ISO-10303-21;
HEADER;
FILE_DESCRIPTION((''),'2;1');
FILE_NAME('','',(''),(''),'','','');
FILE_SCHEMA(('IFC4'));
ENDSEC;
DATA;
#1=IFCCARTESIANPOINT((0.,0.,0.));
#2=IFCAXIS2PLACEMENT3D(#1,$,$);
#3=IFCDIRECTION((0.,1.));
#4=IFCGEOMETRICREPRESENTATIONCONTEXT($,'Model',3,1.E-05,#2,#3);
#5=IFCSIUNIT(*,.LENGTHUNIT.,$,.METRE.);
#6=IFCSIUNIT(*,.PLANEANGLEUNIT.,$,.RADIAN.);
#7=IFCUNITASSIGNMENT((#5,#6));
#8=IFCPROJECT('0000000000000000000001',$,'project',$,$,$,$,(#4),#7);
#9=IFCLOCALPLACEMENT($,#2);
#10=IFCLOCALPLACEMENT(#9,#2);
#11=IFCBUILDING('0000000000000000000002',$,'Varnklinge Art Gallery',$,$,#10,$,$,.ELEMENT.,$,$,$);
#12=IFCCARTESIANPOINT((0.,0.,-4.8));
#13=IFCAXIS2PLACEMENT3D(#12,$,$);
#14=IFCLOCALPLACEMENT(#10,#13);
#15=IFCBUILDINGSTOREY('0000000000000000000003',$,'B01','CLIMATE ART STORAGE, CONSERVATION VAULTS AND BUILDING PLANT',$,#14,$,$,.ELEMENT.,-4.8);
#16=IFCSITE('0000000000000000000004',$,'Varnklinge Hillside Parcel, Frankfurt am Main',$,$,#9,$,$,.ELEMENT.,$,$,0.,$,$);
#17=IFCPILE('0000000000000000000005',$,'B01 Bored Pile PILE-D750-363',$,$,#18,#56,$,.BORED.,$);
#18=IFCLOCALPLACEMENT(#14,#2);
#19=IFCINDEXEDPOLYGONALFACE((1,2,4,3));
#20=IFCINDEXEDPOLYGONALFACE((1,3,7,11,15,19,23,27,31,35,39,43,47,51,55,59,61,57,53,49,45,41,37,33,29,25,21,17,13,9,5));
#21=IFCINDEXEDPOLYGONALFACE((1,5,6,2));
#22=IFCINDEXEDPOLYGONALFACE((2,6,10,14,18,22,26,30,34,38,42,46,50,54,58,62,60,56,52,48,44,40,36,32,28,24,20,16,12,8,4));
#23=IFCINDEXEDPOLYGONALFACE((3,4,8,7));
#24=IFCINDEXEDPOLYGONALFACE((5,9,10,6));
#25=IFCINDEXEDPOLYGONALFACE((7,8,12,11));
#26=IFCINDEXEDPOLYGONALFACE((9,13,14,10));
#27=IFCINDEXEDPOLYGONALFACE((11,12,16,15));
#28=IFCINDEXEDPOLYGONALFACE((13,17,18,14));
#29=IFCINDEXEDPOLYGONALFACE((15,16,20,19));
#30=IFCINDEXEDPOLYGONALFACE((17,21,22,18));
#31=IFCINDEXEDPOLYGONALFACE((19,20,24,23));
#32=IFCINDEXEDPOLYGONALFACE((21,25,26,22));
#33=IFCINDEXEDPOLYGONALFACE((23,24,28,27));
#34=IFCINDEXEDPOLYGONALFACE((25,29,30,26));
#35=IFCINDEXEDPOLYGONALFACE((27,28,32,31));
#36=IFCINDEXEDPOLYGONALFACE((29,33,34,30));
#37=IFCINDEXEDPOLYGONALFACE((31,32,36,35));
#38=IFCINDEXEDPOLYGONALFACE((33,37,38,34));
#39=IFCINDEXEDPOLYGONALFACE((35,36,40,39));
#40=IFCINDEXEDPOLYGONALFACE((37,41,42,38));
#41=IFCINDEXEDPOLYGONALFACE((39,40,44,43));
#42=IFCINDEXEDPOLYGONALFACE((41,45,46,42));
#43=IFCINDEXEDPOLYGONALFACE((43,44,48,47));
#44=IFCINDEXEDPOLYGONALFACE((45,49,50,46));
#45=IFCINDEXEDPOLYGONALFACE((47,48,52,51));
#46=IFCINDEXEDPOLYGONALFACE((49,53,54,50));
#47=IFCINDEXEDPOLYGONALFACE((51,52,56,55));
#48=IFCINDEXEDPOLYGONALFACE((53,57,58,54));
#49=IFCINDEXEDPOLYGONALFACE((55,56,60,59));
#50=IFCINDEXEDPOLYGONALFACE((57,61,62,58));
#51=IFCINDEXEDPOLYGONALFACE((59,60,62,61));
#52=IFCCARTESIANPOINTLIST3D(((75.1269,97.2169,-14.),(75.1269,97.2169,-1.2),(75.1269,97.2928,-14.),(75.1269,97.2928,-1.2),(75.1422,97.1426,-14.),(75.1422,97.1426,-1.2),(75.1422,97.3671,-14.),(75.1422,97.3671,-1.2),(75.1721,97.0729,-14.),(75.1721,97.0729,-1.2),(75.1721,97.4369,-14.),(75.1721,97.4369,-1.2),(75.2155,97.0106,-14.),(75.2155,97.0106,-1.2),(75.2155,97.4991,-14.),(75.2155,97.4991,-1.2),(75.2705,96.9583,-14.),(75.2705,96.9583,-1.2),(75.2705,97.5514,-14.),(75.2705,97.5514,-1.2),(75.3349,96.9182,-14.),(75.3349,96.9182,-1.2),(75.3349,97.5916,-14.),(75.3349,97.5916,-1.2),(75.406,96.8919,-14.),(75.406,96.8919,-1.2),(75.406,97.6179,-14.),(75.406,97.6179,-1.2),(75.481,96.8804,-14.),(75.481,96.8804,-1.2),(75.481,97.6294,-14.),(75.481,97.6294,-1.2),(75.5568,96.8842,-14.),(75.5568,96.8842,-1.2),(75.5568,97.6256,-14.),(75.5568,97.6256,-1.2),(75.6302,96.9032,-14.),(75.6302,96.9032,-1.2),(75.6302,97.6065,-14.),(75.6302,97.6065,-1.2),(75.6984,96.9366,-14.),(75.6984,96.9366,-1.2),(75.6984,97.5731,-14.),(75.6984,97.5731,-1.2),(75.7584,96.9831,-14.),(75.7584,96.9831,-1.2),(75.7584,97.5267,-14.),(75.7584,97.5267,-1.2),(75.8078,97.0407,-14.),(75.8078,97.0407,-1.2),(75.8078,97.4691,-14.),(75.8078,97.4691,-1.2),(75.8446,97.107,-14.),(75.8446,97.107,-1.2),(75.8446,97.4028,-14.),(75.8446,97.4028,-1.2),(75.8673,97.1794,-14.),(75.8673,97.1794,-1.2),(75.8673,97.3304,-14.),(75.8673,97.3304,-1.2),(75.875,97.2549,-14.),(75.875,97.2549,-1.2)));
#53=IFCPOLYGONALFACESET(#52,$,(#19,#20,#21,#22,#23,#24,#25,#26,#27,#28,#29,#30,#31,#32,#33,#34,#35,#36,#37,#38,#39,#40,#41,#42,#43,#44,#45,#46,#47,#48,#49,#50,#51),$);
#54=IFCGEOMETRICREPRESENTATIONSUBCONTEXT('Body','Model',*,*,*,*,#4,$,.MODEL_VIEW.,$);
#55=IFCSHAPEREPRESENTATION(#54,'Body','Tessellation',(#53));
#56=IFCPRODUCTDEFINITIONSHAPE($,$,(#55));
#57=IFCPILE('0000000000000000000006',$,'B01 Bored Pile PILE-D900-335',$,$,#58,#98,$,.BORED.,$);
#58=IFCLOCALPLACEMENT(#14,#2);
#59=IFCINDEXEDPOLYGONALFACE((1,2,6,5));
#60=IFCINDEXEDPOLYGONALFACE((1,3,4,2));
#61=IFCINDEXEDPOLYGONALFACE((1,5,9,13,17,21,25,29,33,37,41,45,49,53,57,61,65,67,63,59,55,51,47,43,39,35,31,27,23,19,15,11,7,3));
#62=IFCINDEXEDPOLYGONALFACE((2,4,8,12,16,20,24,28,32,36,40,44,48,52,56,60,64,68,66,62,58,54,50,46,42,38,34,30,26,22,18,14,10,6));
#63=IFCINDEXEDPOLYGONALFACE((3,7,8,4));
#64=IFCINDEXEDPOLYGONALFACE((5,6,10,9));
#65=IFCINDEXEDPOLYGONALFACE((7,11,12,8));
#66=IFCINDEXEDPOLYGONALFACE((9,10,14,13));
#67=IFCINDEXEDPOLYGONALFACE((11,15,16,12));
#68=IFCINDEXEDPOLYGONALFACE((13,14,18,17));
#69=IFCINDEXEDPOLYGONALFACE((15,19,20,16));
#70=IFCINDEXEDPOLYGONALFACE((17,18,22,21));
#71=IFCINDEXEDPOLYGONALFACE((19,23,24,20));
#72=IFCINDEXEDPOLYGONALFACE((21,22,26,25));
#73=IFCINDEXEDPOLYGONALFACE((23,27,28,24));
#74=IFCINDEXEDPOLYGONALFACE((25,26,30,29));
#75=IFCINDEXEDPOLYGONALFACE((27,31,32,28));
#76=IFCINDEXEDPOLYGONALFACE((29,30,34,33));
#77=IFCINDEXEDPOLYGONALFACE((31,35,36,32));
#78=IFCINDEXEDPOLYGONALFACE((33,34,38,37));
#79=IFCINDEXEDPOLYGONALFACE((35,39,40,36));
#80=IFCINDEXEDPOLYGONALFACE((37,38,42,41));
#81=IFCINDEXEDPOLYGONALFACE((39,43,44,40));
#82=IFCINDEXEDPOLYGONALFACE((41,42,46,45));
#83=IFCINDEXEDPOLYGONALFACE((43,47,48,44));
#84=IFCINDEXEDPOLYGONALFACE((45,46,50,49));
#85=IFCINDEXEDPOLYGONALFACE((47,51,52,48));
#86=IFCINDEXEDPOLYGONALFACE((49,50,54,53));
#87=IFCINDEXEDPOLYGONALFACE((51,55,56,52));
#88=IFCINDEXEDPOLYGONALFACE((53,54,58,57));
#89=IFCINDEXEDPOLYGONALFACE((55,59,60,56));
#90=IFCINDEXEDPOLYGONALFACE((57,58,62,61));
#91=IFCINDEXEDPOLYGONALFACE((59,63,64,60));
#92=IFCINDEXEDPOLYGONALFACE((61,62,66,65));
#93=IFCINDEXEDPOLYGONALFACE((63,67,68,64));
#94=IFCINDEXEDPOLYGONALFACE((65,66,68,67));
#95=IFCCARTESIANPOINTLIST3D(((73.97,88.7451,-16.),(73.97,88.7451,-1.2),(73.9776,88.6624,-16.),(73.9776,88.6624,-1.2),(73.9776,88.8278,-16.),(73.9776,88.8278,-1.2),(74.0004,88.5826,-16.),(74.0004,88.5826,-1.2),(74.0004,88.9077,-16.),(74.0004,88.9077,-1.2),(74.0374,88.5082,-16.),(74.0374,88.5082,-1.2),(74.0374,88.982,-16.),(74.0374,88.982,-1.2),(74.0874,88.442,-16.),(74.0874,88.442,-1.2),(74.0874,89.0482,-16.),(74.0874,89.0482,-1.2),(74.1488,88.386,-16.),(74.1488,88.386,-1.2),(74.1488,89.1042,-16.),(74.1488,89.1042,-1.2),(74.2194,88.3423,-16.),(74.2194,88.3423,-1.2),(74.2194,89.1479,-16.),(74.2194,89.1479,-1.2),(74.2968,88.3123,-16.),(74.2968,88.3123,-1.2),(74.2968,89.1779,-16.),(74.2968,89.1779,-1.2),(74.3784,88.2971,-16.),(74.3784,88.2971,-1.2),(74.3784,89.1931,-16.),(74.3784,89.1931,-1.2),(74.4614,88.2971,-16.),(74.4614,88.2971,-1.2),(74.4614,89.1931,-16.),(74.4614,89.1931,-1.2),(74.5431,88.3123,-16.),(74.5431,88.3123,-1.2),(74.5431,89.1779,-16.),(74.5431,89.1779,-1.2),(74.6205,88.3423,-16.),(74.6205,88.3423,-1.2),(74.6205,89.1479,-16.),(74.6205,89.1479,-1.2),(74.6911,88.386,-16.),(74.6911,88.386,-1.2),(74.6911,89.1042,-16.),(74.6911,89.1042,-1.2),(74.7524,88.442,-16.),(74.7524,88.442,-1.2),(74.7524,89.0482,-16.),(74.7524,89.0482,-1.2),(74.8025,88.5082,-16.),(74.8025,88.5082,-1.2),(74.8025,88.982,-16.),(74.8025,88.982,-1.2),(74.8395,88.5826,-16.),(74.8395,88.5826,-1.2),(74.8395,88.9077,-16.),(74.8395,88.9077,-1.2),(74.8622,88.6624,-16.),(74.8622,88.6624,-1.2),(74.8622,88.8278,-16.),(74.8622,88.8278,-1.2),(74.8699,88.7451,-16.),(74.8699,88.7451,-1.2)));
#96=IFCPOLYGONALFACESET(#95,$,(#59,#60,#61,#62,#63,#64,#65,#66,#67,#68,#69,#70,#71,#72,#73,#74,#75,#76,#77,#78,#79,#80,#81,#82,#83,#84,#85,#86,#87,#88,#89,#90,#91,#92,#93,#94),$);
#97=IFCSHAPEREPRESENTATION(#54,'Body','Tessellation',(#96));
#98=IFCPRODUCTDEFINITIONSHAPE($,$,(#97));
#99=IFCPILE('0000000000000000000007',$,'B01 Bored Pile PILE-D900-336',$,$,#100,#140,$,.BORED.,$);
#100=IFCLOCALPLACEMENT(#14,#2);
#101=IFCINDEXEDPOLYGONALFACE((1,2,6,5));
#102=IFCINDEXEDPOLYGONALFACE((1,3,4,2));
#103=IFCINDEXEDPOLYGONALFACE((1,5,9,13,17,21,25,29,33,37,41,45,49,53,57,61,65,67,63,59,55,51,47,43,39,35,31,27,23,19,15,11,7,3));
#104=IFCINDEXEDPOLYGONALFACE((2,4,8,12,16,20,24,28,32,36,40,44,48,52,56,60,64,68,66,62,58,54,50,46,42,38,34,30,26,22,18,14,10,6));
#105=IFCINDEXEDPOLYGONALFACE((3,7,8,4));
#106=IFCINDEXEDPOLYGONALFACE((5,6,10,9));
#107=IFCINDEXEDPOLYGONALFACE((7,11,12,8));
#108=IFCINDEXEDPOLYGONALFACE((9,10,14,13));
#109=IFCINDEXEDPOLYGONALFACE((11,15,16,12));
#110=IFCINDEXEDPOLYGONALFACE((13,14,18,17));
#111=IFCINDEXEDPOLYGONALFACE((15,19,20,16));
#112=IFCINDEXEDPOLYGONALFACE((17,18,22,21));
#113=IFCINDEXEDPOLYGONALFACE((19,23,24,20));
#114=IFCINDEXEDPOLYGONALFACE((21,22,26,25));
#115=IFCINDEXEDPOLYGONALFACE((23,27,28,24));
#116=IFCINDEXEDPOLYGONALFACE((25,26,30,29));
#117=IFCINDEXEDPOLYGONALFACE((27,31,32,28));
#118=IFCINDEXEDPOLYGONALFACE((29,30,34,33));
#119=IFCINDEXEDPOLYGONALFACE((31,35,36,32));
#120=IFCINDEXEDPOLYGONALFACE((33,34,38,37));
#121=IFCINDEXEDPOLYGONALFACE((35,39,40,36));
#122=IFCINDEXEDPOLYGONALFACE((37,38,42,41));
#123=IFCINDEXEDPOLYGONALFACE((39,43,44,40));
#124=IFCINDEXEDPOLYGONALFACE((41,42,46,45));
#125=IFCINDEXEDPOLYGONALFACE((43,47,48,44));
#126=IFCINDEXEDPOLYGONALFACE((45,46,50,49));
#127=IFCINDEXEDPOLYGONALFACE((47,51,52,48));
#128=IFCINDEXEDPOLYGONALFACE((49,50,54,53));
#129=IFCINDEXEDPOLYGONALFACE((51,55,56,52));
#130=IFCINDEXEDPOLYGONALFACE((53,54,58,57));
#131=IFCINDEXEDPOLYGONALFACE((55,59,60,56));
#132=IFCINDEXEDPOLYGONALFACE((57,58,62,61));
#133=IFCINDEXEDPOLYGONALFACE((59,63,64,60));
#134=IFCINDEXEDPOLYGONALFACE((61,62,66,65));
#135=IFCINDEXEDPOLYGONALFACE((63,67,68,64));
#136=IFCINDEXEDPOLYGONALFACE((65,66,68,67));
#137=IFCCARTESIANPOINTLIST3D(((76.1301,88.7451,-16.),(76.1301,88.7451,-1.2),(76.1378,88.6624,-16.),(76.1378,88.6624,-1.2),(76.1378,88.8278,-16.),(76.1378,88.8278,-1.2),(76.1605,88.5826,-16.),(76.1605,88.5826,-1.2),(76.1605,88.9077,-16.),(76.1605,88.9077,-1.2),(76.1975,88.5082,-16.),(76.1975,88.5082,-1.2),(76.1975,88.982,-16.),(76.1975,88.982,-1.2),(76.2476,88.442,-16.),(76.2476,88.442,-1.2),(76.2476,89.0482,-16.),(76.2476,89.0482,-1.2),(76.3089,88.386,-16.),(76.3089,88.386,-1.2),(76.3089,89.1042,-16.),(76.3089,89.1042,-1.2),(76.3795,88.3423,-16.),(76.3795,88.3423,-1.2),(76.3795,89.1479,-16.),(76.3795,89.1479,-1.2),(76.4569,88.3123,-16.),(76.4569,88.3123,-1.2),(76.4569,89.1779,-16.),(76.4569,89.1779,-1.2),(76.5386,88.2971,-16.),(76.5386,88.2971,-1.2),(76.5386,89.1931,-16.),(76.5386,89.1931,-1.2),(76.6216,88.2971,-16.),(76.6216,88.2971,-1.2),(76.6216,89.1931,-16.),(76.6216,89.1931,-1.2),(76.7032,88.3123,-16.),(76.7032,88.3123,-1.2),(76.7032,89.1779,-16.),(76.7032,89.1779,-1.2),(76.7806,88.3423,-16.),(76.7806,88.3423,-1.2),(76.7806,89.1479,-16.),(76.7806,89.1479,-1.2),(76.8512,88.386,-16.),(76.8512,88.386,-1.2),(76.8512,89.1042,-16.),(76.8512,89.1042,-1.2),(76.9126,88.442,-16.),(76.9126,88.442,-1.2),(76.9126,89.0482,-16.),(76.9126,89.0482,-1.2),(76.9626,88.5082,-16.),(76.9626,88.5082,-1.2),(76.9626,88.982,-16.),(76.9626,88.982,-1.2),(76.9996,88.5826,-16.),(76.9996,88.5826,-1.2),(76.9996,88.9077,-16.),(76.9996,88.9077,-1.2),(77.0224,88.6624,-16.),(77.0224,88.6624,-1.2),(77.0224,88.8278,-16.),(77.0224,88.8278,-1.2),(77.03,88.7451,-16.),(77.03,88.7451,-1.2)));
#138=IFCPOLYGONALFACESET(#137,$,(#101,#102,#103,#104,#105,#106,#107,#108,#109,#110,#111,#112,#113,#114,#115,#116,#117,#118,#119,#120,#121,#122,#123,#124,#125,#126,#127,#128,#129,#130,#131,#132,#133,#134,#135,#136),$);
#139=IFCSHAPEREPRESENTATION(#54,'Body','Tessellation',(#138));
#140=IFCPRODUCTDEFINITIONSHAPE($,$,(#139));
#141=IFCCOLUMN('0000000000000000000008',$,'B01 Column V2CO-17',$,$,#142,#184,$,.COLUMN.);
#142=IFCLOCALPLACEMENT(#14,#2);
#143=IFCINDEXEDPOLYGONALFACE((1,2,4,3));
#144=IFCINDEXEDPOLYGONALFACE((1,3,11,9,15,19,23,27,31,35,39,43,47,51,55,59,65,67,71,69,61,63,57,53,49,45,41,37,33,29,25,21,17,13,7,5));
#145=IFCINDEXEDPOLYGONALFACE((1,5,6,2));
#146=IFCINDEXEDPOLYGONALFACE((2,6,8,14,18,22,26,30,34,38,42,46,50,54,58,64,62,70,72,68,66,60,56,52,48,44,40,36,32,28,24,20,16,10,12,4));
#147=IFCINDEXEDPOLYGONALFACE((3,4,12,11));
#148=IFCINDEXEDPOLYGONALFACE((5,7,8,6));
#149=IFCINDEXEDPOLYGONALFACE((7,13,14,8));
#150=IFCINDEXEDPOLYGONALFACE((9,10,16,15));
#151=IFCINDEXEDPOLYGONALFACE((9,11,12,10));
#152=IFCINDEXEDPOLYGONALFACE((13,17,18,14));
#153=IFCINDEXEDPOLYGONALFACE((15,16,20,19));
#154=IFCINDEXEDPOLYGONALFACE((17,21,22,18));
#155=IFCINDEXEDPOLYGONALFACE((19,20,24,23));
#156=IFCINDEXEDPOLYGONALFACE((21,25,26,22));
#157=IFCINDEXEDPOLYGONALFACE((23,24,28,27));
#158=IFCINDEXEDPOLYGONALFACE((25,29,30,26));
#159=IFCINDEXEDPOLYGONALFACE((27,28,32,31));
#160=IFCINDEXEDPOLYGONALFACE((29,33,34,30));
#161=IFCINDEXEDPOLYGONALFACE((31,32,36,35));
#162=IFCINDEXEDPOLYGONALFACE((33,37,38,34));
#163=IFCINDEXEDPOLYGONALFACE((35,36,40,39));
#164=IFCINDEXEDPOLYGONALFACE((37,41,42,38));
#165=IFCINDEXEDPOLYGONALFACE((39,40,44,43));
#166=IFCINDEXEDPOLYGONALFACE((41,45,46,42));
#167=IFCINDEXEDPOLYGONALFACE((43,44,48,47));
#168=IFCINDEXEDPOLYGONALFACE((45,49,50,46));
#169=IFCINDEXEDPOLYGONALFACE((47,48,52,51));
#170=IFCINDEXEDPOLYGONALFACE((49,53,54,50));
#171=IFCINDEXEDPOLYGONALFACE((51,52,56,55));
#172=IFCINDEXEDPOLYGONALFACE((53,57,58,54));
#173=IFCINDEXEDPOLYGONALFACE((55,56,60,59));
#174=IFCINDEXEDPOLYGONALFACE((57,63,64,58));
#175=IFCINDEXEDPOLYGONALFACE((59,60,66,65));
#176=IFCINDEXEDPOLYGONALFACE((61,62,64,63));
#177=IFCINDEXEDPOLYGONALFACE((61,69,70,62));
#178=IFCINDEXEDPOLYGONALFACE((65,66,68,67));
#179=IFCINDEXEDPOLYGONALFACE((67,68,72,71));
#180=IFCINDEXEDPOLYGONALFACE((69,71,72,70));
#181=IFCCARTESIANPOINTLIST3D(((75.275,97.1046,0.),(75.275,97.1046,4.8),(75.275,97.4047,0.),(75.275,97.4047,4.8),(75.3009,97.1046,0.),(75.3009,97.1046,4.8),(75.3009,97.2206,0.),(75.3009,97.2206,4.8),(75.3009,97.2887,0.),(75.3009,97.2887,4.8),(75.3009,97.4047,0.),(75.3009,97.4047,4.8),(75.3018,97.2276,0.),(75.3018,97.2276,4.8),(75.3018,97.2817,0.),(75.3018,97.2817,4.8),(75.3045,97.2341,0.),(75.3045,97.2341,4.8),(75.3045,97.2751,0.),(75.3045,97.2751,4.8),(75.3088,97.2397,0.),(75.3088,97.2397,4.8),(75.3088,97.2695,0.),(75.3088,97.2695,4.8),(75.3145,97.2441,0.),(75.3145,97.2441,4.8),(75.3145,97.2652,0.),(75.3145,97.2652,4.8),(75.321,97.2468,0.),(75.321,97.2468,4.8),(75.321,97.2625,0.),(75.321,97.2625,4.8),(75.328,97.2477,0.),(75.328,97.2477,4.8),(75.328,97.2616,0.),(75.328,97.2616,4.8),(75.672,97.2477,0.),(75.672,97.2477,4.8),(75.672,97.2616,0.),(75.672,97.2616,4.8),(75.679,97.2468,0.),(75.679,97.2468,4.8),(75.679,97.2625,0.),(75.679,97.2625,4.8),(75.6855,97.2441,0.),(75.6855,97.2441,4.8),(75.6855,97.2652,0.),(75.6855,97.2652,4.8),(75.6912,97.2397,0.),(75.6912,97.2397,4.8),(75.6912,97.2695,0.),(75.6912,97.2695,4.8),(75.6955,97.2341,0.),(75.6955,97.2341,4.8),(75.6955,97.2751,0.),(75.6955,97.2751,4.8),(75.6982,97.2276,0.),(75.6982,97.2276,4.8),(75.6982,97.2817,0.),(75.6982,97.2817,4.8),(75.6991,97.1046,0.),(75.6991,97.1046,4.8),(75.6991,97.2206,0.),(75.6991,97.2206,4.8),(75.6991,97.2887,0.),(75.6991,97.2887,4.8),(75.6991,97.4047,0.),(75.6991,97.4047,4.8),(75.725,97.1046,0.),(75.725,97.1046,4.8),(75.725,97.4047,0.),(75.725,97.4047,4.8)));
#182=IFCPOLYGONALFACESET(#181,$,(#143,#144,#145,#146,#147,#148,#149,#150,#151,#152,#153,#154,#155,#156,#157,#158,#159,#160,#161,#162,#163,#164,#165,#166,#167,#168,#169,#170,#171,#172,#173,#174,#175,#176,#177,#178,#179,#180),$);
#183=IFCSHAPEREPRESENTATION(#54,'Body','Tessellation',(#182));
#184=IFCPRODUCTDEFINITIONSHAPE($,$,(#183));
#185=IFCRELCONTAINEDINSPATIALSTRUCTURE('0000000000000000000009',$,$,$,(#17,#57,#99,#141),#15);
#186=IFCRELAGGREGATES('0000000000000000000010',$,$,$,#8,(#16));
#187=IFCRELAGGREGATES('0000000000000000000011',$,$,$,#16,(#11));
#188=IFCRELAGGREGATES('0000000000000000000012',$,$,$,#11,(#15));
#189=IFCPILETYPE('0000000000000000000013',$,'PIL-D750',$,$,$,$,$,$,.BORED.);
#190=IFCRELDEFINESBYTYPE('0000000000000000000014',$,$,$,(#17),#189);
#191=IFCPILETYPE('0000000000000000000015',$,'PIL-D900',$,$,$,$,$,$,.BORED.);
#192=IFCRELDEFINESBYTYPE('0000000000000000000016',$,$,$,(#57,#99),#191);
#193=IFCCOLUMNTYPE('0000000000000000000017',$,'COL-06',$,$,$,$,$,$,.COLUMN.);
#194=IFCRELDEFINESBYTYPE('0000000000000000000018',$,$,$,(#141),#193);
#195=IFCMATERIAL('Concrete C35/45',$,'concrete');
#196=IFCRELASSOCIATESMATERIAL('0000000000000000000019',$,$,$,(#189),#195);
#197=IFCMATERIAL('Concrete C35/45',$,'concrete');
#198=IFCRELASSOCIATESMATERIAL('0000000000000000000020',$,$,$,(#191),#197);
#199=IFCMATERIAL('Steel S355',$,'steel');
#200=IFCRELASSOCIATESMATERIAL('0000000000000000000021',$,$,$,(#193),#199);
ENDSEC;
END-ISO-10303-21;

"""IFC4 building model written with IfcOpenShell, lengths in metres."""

from ifc_helpers import new_model, si_unit, direction, frame, origin, origin_2d, place, context, subcontext, project, spatial, circle, i_section, extrude, material, material_profile, profile_set, type_object, element, save


model = new_model("IFC4")

# Units and contexts
model_context = context("Model", 3, precision=1e-05, world=origin(), true_north=direction((0.0, 1.0)))
body_context = subcontext(model_context, "Body", "Model", "MODEL_VIEW")
ifc_project = project(units=[si_unit("LENGTHUNIT", "METRE"), si_unit("PLANEANGLEUNIT", "RADIAN")], contexts=[model_context])

# Site, building, storey
site_placement = place(None, origin())
site = spatial("IfcSite", under=ifc_project, at=site_placement, Name="Varnklinge Hillside Parcel, Frankfurt am Main", CompositionType="ELEMENT", RefElevation=0.0)
building_placement = place(site_placement, origin())
building = spatial("IfcBuilding", under=site, at=building_placement, Name="Varnklinge Art Gallery", CompositionType="ELEMENT")
storey_placement = place(building_placement, frame((0.0, 0.0, -4.8)))
storey = spatial("IfcBuildingStorey", under=building, at=storey_placement, Name="B01", Description="CLIMATE ART STORAGE, CONSERVATION VAULTS AND BUILDING PLANT", CompositionType="ELEMENT", Elevation=-4.8)

# Piles
ifc_material_1 = material(Name="Concrete C35/45", Category="concrete")
ifc_material_profile_1 = material_profile(ifc_material_1, circle(Radius=0.375, at=origin_2d()), Name="PILE D750")
ifc_profile_set_1 = profile_set([ifc_material_profile_1], Name="Concrete C35/45")
pile_type_1 = type_object("IfcPileType", Name="PIL-D750", PredefinedType="BORED", material=ifc_profile_set_1)
for number, where, z_axis, x_axis, name in (
    (1, (75.5, 97.2549, -1.2), (0.0, 0.0, -1.0), (1.0, 0.0, 0.0), "B01 Bored Pile PILE-D750-363"),
):
    element("IfcPile", number, at=place(storey_placement, frame(where, z_axis=z_axis, x_axis=x_axis)), inside=storey, type_object=pile_type_1, Name=name, PredefinedType="BORED", context=body_context, shape_type="SweptSolid", body=[
        extrude(circle(Radius=0.375, at=origin_2d()), origin(), (0.0, 0.0, 1.0), 12.8),
    ])
ifc_material_2 = material(Name="Concrete C35/45", Category="concrete")
ifc_material_profile_2 = material_profile(ifc_material_2, circle(Radius=0.45, at=origin_2d()), Name="PILE D900")
ifc_profile_set_2 = profile_set([ifc_material_profile_2], Name="Concrete C35/45")
pile_type_2 = type_object("IfcPileType", Name="PIL-D900", PredefinedType="BORED", material=ifc_profile_set_2)
for number, where, z_axis, x_axis, name in (
    (2, (74.4199, 88.7451, -1.2), (0.0, 0.0, -1.0), (1.0, 0.0, 0.0), "B01 Bored Pile PILE-D900-335"),
    (3, (76.5801, 88.7451, -1.2), (0.0, 0.0, -1.0), (1.0, 0.0, 0.0), "B01 Bored Pile PILE-D900-336"),
):
    element("IfcPile", number, at=place(storey_placement, frame(where, z_axis=z_axis, x_axis=x_axis)), inside=storey, type_object=pile_type_2, Name=name, PredefinedType="BORED", context=body_context, shape_type="SweptSolid", body=[
        extrude(circle(Radius=0.45, at=origin_2d()), origin(), (0.0, 0.0, 1.0), 14.8),
    ])

# Column
ifc_material_3 = material(Name="Steel S355", Category="steel")
ifc_material_profile_3 = material_profile(ifc_material_3, i_section(OverallWidth=0.3, OverallDepth=0.45, WebThickness=0.0139, FlangeThickness=0.0259, FilletRadius=0.0271, at=origin_2d()), Name="HEB 450")
ifc_profile_set_3 = profile_set([ifc_material_profile_3], Name="Steel S355")
column_type_1 = type_object("IfcColumnType", Name="COL-06", PredefinedType="COLUMN", material=ifc_profile_set_3)
for number, where, z_axis, x_axis, name in (
    (4, (75.5, 97.2546, 0.0), (0.0, 0.0, 1.0), (0.0, -1.0, 0.0), "B01 Column V2CO-17"),
):
    element("IfcColumn", number, at=place(storey_placement, frame(where, z_axis=z_axis, x_axis=x_axis)), inside=storey, type_object=column_type_1, Name=name, PredefinedType="COLUMN", context=body_context, shape_type="SweptSolid", body=[
        extrude(i_section(OverallWidth=0.3, OverallDepth=0.45, WebThickness=0.0139, FlangeThickness=0.0259, FilletRadius=0.0271, at=origin_2d()), origin(), (0.0, 0.0, 1.0), 4.8),
    ])

save(model, "model.ifc")
